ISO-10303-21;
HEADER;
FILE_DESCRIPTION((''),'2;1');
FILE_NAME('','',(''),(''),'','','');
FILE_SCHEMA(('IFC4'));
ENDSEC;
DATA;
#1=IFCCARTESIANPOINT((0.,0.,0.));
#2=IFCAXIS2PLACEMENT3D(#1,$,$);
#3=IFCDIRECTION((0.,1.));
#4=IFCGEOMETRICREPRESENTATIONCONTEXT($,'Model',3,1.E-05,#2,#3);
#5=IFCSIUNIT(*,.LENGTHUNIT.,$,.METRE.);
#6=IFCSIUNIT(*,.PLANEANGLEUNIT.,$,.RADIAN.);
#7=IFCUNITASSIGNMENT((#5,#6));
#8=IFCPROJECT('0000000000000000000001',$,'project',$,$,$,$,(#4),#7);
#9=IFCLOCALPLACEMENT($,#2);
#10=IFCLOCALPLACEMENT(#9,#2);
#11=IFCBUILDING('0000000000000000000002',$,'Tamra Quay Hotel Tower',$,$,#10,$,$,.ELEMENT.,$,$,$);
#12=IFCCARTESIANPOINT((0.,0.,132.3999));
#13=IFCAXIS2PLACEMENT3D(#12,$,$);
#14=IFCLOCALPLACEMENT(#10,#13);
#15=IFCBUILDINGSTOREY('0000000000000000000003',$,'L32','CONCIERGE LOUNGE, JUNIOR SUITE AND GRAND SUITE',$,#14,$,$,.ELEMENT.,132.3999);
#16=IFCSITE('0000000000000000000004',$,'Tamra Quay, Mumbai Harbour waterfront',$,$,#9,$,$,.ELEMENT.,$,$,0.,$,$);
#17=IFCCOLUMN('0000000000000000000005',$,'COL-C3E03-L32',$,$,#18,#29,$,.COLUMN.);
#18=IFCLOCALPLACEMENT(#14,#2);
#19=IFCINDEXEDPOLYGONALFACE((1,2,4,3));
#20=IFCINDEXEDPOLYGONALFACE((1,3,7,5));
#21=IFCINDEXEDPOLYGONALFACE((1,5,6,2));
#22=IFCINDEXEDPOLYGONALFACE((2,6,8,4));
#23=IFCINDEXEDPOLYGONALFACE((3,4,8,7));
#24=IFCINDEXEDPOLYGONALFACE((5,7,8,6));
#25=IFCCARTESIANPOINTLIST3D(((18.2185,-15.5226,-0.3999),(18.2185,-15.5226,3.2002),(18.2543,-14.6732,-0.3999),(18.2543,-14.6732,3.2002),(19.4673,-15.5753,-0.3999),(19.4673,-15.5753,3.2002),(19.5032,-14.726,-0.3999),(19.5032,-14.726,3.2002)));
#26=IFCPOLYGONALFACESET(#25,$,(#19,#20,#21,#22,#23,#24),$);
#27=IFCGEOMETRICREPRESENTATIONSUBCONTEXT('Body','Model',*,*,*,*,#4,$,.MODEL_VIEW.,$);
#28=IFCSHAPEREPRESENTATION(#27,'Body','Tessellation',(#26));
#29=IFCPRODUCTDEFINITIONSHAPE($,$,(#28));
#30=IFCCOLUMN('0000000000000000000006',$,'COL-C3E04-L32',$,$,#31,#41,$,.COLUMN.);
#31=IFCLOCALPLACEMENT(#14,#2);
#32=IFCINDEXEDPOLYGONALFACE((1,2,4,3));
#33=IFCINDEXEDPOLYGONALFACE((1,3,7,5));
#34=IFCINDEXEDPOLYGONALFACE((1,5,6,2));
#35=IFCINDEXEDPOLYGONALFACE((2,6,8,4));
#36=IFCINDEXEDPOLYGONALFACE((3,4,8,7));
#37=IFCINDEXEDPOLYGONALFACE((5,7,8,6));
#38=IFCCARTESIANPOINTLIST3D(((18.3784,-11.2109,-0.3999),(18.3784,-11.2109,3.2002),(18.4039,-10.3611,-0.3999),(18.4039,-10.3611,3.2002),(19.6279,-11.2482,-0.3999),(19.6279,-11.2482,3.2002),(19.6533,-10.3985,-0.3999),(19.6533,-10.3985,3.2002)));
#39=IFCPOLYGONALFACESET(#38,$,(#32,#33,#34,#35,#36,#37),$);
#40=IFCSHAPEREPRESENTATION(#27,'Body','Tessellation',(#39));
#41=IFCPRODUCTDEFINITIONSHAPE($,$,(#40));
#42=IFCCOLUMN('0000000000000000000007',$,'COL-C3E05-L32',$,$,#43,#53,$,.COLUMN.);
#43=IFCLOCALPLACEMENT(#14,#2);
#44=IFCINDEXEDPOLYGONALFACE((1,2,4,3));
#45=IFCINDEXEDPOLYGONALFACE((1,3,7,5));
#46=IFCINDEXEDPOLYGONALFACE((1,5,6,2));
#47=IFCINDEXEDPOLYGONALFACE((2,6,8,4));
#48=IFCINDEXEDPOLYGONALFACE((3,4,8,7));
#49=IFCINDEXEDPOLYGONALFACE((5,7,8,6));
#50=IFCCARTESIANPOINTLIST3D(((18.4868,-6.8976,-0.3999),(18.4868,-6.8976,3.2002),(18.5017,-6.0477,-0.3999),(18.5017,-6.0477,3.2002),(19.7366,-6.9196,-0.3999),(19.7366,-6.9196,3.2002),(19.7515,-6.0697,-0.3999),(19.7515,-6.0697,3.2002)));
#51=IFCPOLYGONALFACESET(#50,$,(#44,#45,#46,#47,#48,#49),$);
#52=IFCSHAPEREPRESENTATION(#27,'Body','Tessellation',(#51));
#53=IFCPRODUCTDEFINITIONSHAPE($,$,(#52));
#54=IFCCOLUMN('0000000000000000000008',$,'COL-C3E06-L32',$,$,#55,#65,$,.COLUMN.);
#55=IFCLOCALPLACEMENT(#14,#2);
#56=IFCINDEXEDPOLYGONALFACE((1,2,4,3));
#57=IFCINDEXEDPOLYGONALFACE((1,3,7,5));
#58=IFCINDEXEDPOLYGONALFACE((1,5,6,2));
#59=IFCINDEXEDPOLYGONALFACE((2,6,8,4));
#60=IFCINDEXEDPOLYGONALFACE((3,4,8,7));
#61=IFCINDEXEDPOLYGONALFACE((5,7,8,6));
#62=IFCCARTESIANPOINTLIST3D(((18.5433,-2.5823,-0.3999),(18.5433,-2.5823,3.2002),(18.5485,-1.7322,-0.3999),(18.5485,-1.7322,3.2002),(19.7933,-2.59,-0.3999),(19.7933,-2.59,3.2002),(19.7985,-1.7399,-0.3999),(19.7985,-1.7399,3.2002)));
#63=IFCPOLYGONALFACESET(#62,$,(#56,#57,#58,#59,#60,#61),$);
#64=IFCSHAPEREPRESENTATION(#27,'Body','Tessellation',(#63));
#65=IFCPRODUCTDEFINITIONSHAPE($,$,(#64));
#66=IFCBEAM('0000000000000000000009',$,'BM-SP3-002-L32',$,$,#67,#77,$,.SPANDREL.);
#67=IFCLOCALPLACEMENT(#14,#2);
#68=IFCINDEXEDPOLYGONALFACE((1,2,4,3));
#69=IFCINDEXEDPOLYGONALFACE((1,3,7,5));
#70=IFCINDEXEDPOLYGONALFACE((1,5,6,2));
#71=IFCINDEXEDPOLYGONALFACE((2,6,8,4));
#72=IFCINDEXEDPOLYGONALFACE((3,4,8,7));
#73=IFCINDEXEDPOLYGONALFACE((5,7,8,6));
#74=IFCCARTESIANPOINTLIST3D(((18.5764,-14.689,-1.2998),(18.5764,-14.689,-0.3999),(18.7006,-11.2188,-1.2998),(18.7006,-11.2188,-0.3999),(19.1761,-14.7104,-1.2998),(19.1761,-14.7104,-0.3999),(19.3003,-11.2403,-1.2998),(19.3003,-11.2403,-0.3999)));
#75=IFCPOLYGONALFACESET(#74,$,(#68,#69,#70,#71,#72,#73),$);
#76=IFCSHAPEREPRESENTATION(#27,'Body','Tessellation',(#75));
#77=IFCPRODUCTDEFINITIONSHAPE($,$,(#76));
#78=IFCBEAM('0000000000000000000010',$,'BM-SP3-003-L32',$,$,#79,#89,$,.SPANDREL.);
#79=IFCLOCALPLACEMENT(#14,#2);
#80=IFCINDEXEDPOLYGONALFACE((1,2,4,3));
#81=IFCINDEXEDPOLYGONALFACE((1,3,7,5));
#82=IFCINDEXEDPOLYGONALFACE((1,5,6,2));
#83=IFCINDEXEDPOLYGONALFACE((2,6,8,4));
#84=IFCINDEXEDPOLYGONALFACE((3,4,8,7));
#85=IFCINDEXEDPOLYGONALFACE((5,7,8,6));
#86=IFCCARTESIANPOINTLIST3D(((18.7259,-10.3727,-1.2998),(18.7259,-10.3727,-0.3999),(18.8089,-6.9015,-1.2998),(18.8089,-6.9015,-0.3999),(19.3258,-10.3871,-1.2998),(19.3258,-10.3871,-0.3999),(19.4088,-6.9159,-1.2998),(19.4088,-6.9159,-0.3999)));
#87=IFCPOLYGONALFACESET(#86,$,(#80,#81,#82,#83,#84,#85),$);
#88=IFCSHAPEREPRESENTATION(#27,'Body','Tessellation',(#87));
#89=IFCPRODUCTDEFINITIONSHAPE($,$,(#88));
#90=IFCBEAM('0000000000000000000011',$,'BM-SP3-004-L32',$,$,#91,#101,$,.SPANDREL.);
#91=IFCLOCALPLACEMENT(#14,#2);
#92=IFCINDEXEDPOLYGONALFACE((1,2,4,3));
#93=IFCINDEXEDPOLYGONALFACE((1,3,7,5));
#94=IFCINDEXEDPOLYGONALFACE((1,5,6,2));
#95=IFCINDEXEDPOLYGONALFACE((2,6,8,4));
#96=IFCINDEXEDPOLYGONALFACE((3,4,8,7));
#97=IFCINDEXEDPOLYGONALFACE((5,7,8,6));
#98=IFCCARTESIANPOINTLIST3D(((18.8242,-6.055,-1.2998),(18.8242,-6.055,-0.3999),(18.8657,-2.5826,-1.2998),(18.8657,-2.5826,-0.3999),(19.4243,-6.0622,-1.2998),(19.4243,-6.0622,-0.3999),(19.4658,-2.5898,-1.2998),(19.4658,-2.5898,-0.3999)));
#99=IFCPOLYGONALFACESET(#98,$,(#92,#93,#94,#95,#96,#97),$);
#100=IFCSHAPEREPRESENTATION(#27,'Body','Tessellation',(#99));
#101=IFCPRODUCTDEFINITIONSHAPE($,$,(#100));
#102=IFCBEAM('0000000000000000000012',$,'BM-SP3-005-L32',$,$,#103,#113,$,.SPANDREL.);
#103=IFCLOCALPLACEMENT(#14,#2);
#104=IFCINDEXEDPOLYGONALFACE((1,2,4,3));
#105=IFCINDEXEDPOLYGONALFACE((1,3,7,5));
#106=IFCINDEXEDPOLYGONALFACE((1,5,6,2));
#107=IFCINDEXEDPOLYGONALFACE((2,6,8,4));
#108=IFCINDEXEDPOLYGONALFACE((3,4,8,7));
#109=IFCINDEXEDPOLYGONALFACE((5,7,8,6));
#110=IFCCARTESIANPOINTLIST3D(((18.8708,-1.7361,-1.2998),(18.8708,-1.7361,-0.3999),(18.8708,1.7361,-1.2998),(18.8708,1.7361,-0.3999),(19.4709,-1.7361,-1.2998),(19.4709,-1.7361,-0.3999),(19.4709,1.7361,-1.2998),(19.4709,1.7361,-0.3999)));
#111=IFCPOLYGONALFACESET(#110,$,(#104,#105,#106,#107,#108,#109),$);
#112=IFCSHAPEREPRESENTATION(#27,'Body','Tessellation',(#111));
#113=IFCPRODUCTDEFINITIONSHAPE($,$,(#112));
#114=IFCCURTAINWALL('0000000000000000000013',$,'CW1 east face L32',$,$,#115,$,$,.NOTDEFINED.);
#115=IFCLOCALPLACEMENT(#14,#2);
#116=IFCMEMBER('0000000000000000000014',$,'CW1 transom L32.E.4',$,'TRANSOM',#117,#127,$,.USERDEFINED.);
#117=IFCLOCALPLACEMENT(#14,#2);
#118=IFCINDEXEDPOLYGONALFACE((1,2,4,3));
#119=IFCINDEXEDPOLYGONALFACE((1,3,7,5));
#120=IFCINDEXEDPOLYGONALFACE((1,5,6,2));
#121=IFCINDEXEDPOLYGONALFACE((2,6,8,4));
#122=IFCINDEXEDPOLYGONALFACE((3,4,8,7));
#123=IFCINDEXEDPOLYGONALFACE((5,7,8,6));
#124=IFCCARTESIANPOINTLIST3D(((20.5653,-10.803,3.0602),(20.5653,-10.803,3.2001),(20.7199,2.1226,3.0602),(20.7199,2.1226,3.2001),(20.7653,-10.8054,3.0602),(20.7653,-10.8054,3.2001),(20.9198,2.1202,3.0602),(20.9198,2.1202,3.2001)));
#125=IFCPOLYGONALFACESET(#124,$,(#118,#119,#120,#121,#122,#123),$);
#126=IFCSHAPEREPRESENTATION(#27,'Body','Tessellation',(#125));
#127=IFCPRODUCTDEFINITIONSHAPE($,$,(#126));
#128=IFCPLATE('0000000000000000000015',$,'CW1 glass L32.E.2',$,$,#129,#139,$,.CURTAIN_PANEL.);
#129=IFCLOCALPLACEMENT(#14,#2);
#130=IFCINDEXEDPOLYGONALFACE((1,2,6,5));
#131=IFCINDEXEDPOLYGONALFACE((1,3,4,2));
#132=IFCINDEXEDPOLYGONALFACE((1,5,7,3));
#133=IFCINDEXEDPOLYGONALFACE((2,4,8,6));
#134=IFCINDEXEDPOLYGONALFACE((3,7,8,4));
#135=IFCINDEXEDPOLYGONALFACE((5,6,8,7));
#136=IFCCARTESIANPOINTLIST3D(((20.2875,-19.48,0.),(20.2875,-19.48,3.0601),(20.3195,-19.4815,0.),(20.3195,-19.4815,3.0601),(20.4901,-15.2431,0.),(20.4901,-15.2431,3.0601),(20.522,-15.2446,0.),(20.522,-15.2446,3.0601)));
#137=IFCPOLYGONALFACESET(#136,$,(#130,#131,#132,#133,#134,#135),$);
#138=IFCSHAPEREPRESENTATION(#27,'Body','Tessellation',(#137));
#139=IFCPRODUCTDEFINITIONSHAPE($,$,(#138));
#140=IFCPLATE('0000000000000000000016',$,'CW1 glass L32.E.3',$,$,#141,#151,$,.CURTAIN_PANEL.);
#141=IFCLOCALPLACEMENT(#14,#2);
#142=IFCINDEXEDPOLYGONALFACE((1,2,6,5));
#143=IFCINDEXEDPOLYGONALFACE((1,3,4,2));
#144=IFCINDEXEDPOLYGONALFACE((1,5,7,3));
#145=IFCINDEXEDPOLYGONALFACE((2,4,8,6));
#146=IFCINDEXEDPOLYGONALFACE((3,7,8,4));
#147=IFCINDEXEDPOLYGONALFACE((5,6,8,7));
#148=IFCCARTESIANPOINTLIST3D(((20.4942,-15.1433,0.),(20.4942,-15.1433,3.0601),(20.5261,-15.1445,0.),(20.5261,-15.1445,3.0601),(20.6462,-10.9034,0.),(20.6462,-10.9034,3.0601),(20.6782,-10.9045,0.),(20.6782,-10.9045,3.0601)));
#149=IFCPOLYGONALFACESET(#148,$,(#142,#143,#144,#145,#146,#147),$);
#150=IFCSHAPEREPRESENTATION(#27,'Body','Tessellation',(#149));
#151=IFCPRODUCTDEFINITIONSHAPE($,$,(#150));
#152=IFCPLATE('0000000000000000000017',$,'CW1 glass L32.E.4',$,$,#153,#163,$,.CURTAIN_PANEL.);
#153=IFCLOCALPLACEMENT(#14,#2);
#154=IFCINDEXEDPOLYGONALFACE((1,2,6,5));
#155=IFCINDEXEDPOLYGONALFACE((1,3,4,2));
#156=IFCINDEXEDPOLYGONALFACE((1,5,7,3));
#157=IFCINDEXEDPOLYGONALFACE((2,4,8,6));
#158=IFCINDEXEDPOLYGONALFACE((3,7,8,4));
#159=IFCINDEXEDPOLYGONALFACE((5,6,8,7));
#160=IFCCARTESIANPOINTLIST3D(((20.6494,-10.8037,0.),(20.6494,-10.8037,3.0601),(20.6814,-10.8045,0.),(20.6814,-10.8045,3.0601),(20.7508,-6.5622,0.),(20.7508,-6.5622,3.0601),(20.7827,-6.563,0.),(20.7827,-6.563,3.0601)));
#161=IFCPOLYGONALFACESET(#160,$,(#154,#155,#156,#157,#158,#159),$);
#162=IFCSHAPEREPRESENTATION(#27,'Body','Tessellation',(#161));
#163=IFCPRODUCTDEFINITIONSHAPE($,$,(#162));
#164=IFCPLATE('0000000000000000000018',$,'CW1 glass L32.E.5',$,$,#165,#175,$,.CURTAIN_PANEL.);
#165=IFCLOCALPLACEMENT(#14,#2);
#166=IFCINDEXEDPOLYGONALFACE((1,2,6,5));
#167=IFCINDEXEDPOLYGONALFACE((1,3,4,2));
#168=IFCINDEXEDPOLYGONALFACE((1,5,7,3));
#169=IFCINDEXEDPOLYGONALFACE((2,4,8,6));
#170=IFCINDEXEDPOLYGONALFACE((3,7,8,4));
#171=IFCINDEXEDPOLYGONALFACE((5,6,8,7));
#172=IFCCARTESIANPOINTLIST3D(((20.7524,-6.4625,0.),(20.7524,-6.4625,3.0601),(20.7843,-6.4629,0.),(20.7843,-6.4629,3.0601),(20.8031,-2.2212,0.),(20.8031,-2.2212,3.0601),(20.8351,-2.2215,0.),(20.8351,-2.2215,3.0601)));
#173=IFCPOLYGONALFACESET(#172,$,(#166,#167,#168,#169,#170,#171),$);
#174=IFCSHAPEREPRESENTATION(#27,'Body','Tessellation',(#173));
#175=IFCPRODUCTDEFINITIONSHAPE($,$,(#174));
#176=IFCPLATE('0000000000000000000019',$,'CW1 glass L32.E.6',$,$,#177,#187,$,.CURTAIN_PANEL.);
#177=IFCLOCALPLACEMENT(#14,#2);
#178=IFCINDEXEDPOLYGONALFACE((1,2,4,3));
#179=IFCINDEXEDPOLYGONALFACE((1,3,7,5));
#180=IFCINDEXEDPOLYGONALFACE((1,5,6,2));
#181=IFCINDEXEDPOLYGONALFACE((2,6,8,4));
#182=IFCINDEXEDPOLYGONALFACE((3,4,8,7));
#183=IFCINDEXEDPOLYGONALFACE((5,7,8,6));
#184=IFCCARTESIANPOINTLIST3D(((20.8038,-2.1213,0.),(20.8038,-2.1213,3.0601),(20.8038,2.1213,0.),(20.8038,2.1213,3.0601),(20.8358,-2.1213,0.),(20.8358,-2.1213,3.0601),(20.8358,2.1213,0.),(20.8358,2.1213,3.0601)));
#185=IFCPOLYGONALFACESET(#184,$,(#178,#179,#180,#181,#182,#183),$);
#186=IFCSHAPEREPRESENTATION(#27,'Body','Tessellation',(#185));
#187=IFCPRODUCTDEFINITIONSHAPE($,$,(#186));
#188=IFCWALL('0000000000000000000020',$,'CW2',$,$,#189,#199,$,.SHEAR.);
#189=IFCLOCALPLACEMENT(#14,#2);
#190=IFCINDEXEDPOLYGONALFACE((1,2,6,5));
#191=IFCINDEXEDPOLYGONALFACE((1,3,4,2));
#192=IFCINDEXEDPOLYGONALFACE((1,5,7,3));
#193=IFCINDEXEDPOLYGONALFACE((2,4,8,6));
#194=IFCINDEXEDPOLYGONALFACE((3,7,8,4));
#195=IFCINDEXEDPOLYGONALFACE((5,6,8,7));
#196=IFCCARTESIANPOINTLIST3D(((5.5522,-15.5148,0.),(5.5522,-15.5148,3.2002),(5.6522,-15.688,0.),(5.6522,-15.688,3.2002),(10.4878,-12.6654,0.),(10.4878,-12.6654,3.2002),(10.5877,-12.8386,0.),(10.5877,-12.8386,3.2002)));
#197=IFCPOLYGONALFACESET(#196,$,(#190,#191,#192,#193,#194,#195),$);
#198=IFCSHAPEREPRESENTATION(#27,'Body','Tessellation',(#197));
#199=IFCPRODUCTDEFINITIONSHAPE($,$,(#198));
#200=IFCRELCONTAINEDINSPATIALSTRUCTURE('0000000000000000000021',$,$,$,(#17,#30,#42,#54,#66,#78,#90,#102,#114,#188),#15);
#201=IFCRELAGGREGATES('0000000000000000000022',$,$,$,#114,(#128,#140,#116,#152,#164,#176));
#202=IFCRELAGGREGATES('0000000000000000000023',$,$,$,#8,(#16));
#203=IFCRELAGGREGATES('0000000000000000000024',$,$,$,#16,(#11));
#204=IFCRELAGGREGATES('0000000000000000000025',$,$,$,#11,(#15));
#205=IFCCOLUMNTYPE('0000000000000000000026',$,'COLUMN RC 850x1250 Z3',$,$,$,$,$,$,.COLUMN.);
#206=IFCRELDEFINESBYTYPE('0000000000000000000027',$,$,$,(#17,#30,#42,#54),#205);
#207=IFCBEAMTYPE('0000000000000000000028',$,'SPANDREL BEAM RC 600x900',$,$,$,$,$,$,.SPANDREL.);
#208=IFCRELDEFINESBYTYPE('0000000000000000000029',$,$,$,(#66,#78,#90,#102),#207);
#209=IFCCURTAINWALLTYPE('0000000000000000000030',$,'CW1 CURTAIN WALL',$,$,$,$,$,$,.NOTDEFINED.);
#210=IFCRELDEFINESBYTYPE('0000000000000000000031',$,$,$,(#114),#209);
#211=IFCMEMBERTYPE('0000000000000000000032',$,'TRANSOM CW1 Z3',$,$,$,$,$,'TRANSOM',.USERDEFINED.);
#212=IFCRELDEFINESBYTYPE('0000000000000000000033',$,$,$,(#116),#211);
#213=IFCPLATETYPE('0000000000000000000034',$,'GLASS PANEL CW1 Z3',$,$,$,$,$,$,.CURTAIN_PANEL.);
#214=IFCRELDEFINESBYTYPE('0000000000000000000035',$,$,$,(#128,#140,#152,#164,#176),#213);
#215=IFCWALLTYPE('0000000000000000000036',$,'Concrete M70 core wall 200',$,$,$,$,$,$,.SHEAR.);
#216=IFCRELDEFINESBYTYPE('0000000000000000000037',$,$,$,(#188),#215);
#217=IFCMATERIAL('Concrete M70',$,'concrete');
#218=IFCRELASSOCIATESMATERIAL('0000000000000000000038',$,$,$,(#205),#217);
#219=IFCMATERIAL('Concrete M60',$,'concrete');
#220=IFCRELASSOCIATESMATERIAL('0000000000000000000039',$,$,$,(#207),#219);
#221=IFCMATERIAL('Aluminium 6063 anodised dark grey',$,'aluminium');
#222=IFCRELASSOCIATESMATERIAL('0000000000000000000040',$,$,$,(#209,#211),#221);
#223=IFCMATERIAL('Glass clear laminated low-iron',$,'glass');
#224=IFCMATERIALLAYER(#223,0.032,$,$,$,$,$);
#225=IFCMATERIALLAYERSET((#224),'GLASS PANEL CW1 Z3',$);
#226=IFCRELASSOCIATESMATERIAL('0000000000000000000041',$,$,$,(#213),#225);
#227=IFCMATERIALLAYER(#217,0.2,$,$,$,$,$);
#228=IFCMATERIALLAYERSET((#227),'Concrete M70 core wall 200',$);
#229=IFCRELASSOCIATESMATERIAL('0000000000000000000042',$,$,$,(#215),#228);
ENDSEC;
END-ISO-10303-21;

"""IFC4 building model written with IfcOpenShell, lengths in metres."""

from ifc_helpers import new_model, si_unit, direction, frame, frame_2d, origin, origin_2d, place, context, subcontext, project, spatial, rectangle, extrude, material, layer, layer_set, material_profile, profile_set, type_object, element, aggregate, save


model = new_model("IFC4")

# Units and contexts
model_context = context("Model", 3, precision=1e-05, world=origin(), true_north=direction((0.0, 1.0)))
body_context = subcontext(model_context, "Body", "Model", "MODEL_VIEW")
ifc_project = project(units=[si_unit("LENGTHUNIT", "METRE"), si_unit("PLANEANGLEUNIT", "RADIAN")], contexts=[model_context])

# Site, building, storey
site_placement = place(None, origin())
site = spatial("IfcSite", under=ifc_project, at=site_placement, Name="Tamra Quay, Mumbai Harbour waterfront", CompositionType="ELEMENT", RefElevation=0.0)
building_placement = place(site_placement, origin())
building = spatial("IfcBuilding", under=site, at=building_placement, Name="Tamra Quay Hotel Tower", CompositionType="ELEMENT")
storey_placement = place(building_placement, frame((0.0, 0.0, 132.3999)))
storey = spatial("IfcBuildingStorey", under=building, at=storey_placement, Name="L32", Description="CONCIERGE LOUNGE, JUNIOR SUITE AND GRAND SUITE", CompositionType="ELEMENT", Elevation=132.3999)

# Columns
ifc_material_1 = material(Name="Concrete M70", Category="concrete")
ifc_material_profile_1 = material_profile(ifc_material_1, rectangle(XDim=1.25, YDim=0.8501, at=origin_2d()), Name="COLUMN RC 850x1250 Z3")
ifc_profile_set_1 = profile_set([ifc_material_profile_1], Name="Concrete M70")
column_type = type_object("IfcColumnType", Name="COLUMN RC 850x1250 Z3", PredefinedType="COLUMN", material=ifc_profile_set_1)
for number, where, z_axis, x_axis, name in (
    (1, (18.8608, -15.1243, -0.3999), (0.0, 0.0, 1.0), (-0.999109, 0.042202, 0.0), "COL-C3E03-L32"),
    (2, (19.0159, -10.8047, -0.3999), (0.0, 0.0, 1.0), (-0.999553, 0.029907, 0.0), "COL-C3E04-L32"),
    (3, (19.1191, -6.4836, -0.3999), (0.0, 0.0, 1.0), (-0.999845, 0.017597, 0.0), "COL-C3E05-L32"),
    (4, (19.1709, -2.1611, -0.3999), (0.0, 0.0, 1.0), (-0.999981, 0.006159, 0.0), "COL-C3E06-L32"),
):
    element("IfcColumn", number, at=place(storey_placement, frame(where, z_axis=z_axis, x_axis=x_axis)), inside=storey, type_object=column_type, Name=name, PredefinedType="COLUMN", context=body_context, shape_type="SweptSolid", body=[
        extrude(rectangle(XDim=1.25, YDim=0.8501, at=origin_2d()), origin(), (0.0, 0.0, 1.0), 3.6001),
    ])

# Beams
ifc_material_2 = material(Name="Concrete M60", Category="concrete")
ifc_material_profile_2 = material_profile(ifc_material_2, rectangle(XDim=0.6001, YDim=0.8999, at=origin_2d()), Name="SPANDREL BEAM RC 600x900")
ifc_profile_set_2 = profile_set([ifc_material_profile_2], Name="Concrete M60")
beam_type = type_object("IfcBeamType", Name="SPANDREL BEAM RC 600x900", PredefinedType="SPANDREL", material=ifc_profile_set_2)
beam_1_placement = place(storey_placement, frame((18.8762, -14.6997, -0.8499), z_axis=(0.035787, 0.999359, 0.0), x_axis=(-0.999359, 0.035787, 0.0)))
element("IfcBeam", 5, at=beam_1_placement, inside=storey, type_object=beam_type, Name="BM-SP3-002-L32", PredefinedType="SPANDREL", context=body_context, shape_type="SweptSolid", body=[
    extrude(rectangle(XDim=0.6001, YDim=0.8999, at=origin_2d()), origin(), (0.0, 0.0, 1.0), 3.4724),
])
beam_2_placement = place(storey_placement, frame((19.0259, -10.3799, -0.8499), z_axis=(0.023907, 0.999714, 0.0), x_axis=(-0.999714, 0.023907, 0.0)))
element("IfcBeam", 6, at=beam_2_placement, inside=storey, type_object=beam_type, Name="BM-SP3-003-L32", PredefinedType="SPANDREL", context=body_context, shape_type="SweptSolid", body=[
    extrude(rectangle(XDim=0.6001, YDim=0.8999, at=origin_2d()), origin(), (0.0, 0.0, 1.0), 3.4722),
])
beam_3_placement = place(storey_placement, frame((19.1243, -6.0586, -0.8499), z_axis=(0.011952, 0.999929, 0.0), x_axis=(-0.999929, 0.011952, 0.0)))
element("IfcBeam", 7, at=beam_3_placement, inside=storey, type_object=beam_type, Name="BM-SP3-004-L32", PredefinedType="SPANDREL", context=body_context, shape_type="SweptSolid", body=[
    extrude(rectangle(XDim=0.6001, YDim=0.8999, at=origin_2d()), origin(), (0.0, 0.0, 1.0), 3.4727),
])
beam_4_placement = place(storey_placement, frame((19.1709, -1.7361, -0.8499), z_axis=(0.0, 1.0, 0.0), x_axis=(-1.0, 0.0, 0.0)))
element("IfcBeam", 8, at=beam_4_placement, inside=storey, type_object=beam_type, Name="BM-SP3-005-L32", PredefinedType="SPANDREL", context=body_context, shape_type="SweptSolid", body=[
    extrude(rectangle(XDim=0.6001, YDim=0.8999, at=origin_2d()), origin(), (0.0, 0.0, 1.0), 3.4722),
])

# Curtain wall, member, plates
ifc_material_3 = material(Name="Aluminium 6063 anodised dark grey", Category="aluminium")
curtain_wall_type = type_object("IfcCurtainWallType", Name="CW1 CURTAIN WALL", PredefinedType="NOTDEFINED", material=ifc_material_3)
curtain_wall_placement = place(storey_placement, origin())
curtain_wall = element("IfcCurtainWall", 9, at=curtain_wall_placement, inside=storey, type_object=curtain_wall_type, Name="CW1 east face L32", PredefinedType="NOTDEFINED")
ifc_material_profile_3 = material_profile(ifc_material_3, rectangle(XDim=0.2, YDim=0.1399, at=origin_2d()), Name="TRANSOM 200X140")
ifc_profile_set_3 = profile_set([ifc_material_profile_3], Name="Aluminium 6063 anodised dark grey")
member_type = type_object("IfcMemberType", Name="TRANSOM CW1 Z3", ElementType="TRANSOM", PredefinedType="USERDEFINED", material=ifc_profile_set_3)
member_placement = place(storey_placement, frame((20.6653, -10.8042, 3.1301), z_axis=(0.011955, 0.999929, 0.0), x_axis=(-0.999929, 0.011955, 0.0)))
member = element("IfcMember", 10, at=member_placement, type_object=member_type, Name="CW1 transom L32.E.4", ObjectType="TRANSOM", PredefinedType="USERDEFINED", context=body_context, shape_type="SweptSolid", body=[
    extrude(rectangle(XDim=0.2, YDim=0.1399, at=origin_2d()), origin(), (0.0, 0.0, 1.0), 12.9265),
])
ifc_material_4 = material(Name="Glass clear laminated low-iron", Category="glass")
ifc_layer_1 = layer(ifc_material_4, 0.032)
ifc_layer_set_1 = layer_set([ifc_layer_1], Name="GLASS PANEL CW1 Z3")
plate_type = type_object("IfcPlateType", Name="GLASS PANEL CW1 Z3", PredefinedType="CURTAIN_PANEL", material=ifc_layer_set_1)
plate_1_placement = place(storey_placement, frame((20.4048, -17.3623, 0.0), z_axis=(0.0, 0.0, 1.0), x_axis=(0.047747, 0.998859, 0.0)))
plate_1 = element("IfcPlate", 11, at=plate_1_placement, type_object=plate_type, Name="CW1 glass L32.E.2", PredefinedType="CURTAIN_PANEL", context=body_context, shape_type="SweptSolid", body=[
    extrude(rectangle(XDim=4.2417, YDim=0.032, at=origin_2d()), origin(), (0.0, 0.0, 1.0), 3.0601),
])
plate_2_placement = place(storey_placement, frame((20.5862, -13.0239, 0.0), z_axis=(0.0, 0.0, 1.0), x_axis=(0.035845, 0.999357, 0.0)))
plate_2 = element("IfcPlate", 12, at=plate_2_placement, type_object=plate_type, Name="CW1 glass L32.E.3", PredefinedType="CURTAIN_PANEL", context=body_context, shape_type="SweptSolid", body=[
    extrude(rectangle(XDim=4.2427, YDim=0.032, at=origin_2d()), origin(), (0.0, 0.0, 1.0), 3.0601),
])
plate_3_placement = place(storey_placement, frame((20.7161, -8.6833, 0.0), z_axis=(0.0, 0.0, 1.0), x_axis=(0.023896, 0.999714, 0.0)))
plate_3 = element("IfcPlate", 13, at=plate_3_placement, type_object=plate_type, Name="CW1 glass L32.E.4", PredefinedType="CURTAIN_PANEL", context=body_context, shape_type="SweptSolid", body=[
    extrude(rectangle(XDim=4.2427, YDim=0.032, at=origin_2d()), origin(), (0.0, 0.0, 1.0), 3.0601),
])
plate_4_placement = place(storey_placement, frame((20.7937, -4.342, 0.0), z_axis=(0.0, 0.0, 1.0), x_axis=(0.011957, 0.999929, 0.0)))
plate_4 = element("IfcPlate", 14, at=plate_4_placement, type_object=plate_type, Name="CW1 glass L32.E.5", PredefinedType="CURTAIN_PANEL", context=body_context, shape_type="SweptSolid", body=[
    extrude(rectangle(XDim=4.2417, YDim=0.032, at=origin_2d()), origin(), (0.0, 0.0, 1.0), 3.0601),
])
plate_5_placement = place(storey_placement, frame((20.8198, 0.0, 0.0), z_axis=(0.0, 0.0, 1.0), x_axis=(0.0, 1.0, 0.0)))
plate_5 = element("IfcPlate", 15, at=plate_5_placement, type_object=plate_type, Name="CW1 glass L32.E.6", PredefinedType="CURTAIN_PANEL", context=body_context, shape_type="SweptSolid", body=[
    extrude(rectangle(XDim=4.2427, YDim=0.032, at=origin_2d()), origin(), (0.0, 0.0, 1.0), 3.0601),
])
aggregate(curtain_wall, [plate_1, plate_2, member, plate_3, plate_4, plate_5])

# Wall
ifc_layer_2 = layer(ifc_material_1, 0.2)
ifc_layer_set_2 = layer_set([ifc_layer_2], Name="Concrete M70 core wall 200")
wall_type_1 = type_object("IfcWallType", Name="Concrete M70 core wall 200", PredefinedType="SHEAR", material=ifc_layer_set_2)
wall_1_placement = place(storey_placement, frame((10.5378, -12.752, 0.0), z_axis=(0.0, 0.0, 1.0), x_axis=(-0.866039, -0.499977, 0.0)))
element("IfcWall", 16, at=wall_1_placement, inside=storey, type_object=wall_type_1, Name="CW2", PredefinedType="SHEAR", context=body_context, shape_type="SweptSolid", body=[
    extrude(rectangle(XDim=5.699, YDim=0.2, at=frame_2d((2.8496, 0.0))), origin(), (0.0, 0.0, 1.0), 3.2002),
])

save(model, "model.ifc")
